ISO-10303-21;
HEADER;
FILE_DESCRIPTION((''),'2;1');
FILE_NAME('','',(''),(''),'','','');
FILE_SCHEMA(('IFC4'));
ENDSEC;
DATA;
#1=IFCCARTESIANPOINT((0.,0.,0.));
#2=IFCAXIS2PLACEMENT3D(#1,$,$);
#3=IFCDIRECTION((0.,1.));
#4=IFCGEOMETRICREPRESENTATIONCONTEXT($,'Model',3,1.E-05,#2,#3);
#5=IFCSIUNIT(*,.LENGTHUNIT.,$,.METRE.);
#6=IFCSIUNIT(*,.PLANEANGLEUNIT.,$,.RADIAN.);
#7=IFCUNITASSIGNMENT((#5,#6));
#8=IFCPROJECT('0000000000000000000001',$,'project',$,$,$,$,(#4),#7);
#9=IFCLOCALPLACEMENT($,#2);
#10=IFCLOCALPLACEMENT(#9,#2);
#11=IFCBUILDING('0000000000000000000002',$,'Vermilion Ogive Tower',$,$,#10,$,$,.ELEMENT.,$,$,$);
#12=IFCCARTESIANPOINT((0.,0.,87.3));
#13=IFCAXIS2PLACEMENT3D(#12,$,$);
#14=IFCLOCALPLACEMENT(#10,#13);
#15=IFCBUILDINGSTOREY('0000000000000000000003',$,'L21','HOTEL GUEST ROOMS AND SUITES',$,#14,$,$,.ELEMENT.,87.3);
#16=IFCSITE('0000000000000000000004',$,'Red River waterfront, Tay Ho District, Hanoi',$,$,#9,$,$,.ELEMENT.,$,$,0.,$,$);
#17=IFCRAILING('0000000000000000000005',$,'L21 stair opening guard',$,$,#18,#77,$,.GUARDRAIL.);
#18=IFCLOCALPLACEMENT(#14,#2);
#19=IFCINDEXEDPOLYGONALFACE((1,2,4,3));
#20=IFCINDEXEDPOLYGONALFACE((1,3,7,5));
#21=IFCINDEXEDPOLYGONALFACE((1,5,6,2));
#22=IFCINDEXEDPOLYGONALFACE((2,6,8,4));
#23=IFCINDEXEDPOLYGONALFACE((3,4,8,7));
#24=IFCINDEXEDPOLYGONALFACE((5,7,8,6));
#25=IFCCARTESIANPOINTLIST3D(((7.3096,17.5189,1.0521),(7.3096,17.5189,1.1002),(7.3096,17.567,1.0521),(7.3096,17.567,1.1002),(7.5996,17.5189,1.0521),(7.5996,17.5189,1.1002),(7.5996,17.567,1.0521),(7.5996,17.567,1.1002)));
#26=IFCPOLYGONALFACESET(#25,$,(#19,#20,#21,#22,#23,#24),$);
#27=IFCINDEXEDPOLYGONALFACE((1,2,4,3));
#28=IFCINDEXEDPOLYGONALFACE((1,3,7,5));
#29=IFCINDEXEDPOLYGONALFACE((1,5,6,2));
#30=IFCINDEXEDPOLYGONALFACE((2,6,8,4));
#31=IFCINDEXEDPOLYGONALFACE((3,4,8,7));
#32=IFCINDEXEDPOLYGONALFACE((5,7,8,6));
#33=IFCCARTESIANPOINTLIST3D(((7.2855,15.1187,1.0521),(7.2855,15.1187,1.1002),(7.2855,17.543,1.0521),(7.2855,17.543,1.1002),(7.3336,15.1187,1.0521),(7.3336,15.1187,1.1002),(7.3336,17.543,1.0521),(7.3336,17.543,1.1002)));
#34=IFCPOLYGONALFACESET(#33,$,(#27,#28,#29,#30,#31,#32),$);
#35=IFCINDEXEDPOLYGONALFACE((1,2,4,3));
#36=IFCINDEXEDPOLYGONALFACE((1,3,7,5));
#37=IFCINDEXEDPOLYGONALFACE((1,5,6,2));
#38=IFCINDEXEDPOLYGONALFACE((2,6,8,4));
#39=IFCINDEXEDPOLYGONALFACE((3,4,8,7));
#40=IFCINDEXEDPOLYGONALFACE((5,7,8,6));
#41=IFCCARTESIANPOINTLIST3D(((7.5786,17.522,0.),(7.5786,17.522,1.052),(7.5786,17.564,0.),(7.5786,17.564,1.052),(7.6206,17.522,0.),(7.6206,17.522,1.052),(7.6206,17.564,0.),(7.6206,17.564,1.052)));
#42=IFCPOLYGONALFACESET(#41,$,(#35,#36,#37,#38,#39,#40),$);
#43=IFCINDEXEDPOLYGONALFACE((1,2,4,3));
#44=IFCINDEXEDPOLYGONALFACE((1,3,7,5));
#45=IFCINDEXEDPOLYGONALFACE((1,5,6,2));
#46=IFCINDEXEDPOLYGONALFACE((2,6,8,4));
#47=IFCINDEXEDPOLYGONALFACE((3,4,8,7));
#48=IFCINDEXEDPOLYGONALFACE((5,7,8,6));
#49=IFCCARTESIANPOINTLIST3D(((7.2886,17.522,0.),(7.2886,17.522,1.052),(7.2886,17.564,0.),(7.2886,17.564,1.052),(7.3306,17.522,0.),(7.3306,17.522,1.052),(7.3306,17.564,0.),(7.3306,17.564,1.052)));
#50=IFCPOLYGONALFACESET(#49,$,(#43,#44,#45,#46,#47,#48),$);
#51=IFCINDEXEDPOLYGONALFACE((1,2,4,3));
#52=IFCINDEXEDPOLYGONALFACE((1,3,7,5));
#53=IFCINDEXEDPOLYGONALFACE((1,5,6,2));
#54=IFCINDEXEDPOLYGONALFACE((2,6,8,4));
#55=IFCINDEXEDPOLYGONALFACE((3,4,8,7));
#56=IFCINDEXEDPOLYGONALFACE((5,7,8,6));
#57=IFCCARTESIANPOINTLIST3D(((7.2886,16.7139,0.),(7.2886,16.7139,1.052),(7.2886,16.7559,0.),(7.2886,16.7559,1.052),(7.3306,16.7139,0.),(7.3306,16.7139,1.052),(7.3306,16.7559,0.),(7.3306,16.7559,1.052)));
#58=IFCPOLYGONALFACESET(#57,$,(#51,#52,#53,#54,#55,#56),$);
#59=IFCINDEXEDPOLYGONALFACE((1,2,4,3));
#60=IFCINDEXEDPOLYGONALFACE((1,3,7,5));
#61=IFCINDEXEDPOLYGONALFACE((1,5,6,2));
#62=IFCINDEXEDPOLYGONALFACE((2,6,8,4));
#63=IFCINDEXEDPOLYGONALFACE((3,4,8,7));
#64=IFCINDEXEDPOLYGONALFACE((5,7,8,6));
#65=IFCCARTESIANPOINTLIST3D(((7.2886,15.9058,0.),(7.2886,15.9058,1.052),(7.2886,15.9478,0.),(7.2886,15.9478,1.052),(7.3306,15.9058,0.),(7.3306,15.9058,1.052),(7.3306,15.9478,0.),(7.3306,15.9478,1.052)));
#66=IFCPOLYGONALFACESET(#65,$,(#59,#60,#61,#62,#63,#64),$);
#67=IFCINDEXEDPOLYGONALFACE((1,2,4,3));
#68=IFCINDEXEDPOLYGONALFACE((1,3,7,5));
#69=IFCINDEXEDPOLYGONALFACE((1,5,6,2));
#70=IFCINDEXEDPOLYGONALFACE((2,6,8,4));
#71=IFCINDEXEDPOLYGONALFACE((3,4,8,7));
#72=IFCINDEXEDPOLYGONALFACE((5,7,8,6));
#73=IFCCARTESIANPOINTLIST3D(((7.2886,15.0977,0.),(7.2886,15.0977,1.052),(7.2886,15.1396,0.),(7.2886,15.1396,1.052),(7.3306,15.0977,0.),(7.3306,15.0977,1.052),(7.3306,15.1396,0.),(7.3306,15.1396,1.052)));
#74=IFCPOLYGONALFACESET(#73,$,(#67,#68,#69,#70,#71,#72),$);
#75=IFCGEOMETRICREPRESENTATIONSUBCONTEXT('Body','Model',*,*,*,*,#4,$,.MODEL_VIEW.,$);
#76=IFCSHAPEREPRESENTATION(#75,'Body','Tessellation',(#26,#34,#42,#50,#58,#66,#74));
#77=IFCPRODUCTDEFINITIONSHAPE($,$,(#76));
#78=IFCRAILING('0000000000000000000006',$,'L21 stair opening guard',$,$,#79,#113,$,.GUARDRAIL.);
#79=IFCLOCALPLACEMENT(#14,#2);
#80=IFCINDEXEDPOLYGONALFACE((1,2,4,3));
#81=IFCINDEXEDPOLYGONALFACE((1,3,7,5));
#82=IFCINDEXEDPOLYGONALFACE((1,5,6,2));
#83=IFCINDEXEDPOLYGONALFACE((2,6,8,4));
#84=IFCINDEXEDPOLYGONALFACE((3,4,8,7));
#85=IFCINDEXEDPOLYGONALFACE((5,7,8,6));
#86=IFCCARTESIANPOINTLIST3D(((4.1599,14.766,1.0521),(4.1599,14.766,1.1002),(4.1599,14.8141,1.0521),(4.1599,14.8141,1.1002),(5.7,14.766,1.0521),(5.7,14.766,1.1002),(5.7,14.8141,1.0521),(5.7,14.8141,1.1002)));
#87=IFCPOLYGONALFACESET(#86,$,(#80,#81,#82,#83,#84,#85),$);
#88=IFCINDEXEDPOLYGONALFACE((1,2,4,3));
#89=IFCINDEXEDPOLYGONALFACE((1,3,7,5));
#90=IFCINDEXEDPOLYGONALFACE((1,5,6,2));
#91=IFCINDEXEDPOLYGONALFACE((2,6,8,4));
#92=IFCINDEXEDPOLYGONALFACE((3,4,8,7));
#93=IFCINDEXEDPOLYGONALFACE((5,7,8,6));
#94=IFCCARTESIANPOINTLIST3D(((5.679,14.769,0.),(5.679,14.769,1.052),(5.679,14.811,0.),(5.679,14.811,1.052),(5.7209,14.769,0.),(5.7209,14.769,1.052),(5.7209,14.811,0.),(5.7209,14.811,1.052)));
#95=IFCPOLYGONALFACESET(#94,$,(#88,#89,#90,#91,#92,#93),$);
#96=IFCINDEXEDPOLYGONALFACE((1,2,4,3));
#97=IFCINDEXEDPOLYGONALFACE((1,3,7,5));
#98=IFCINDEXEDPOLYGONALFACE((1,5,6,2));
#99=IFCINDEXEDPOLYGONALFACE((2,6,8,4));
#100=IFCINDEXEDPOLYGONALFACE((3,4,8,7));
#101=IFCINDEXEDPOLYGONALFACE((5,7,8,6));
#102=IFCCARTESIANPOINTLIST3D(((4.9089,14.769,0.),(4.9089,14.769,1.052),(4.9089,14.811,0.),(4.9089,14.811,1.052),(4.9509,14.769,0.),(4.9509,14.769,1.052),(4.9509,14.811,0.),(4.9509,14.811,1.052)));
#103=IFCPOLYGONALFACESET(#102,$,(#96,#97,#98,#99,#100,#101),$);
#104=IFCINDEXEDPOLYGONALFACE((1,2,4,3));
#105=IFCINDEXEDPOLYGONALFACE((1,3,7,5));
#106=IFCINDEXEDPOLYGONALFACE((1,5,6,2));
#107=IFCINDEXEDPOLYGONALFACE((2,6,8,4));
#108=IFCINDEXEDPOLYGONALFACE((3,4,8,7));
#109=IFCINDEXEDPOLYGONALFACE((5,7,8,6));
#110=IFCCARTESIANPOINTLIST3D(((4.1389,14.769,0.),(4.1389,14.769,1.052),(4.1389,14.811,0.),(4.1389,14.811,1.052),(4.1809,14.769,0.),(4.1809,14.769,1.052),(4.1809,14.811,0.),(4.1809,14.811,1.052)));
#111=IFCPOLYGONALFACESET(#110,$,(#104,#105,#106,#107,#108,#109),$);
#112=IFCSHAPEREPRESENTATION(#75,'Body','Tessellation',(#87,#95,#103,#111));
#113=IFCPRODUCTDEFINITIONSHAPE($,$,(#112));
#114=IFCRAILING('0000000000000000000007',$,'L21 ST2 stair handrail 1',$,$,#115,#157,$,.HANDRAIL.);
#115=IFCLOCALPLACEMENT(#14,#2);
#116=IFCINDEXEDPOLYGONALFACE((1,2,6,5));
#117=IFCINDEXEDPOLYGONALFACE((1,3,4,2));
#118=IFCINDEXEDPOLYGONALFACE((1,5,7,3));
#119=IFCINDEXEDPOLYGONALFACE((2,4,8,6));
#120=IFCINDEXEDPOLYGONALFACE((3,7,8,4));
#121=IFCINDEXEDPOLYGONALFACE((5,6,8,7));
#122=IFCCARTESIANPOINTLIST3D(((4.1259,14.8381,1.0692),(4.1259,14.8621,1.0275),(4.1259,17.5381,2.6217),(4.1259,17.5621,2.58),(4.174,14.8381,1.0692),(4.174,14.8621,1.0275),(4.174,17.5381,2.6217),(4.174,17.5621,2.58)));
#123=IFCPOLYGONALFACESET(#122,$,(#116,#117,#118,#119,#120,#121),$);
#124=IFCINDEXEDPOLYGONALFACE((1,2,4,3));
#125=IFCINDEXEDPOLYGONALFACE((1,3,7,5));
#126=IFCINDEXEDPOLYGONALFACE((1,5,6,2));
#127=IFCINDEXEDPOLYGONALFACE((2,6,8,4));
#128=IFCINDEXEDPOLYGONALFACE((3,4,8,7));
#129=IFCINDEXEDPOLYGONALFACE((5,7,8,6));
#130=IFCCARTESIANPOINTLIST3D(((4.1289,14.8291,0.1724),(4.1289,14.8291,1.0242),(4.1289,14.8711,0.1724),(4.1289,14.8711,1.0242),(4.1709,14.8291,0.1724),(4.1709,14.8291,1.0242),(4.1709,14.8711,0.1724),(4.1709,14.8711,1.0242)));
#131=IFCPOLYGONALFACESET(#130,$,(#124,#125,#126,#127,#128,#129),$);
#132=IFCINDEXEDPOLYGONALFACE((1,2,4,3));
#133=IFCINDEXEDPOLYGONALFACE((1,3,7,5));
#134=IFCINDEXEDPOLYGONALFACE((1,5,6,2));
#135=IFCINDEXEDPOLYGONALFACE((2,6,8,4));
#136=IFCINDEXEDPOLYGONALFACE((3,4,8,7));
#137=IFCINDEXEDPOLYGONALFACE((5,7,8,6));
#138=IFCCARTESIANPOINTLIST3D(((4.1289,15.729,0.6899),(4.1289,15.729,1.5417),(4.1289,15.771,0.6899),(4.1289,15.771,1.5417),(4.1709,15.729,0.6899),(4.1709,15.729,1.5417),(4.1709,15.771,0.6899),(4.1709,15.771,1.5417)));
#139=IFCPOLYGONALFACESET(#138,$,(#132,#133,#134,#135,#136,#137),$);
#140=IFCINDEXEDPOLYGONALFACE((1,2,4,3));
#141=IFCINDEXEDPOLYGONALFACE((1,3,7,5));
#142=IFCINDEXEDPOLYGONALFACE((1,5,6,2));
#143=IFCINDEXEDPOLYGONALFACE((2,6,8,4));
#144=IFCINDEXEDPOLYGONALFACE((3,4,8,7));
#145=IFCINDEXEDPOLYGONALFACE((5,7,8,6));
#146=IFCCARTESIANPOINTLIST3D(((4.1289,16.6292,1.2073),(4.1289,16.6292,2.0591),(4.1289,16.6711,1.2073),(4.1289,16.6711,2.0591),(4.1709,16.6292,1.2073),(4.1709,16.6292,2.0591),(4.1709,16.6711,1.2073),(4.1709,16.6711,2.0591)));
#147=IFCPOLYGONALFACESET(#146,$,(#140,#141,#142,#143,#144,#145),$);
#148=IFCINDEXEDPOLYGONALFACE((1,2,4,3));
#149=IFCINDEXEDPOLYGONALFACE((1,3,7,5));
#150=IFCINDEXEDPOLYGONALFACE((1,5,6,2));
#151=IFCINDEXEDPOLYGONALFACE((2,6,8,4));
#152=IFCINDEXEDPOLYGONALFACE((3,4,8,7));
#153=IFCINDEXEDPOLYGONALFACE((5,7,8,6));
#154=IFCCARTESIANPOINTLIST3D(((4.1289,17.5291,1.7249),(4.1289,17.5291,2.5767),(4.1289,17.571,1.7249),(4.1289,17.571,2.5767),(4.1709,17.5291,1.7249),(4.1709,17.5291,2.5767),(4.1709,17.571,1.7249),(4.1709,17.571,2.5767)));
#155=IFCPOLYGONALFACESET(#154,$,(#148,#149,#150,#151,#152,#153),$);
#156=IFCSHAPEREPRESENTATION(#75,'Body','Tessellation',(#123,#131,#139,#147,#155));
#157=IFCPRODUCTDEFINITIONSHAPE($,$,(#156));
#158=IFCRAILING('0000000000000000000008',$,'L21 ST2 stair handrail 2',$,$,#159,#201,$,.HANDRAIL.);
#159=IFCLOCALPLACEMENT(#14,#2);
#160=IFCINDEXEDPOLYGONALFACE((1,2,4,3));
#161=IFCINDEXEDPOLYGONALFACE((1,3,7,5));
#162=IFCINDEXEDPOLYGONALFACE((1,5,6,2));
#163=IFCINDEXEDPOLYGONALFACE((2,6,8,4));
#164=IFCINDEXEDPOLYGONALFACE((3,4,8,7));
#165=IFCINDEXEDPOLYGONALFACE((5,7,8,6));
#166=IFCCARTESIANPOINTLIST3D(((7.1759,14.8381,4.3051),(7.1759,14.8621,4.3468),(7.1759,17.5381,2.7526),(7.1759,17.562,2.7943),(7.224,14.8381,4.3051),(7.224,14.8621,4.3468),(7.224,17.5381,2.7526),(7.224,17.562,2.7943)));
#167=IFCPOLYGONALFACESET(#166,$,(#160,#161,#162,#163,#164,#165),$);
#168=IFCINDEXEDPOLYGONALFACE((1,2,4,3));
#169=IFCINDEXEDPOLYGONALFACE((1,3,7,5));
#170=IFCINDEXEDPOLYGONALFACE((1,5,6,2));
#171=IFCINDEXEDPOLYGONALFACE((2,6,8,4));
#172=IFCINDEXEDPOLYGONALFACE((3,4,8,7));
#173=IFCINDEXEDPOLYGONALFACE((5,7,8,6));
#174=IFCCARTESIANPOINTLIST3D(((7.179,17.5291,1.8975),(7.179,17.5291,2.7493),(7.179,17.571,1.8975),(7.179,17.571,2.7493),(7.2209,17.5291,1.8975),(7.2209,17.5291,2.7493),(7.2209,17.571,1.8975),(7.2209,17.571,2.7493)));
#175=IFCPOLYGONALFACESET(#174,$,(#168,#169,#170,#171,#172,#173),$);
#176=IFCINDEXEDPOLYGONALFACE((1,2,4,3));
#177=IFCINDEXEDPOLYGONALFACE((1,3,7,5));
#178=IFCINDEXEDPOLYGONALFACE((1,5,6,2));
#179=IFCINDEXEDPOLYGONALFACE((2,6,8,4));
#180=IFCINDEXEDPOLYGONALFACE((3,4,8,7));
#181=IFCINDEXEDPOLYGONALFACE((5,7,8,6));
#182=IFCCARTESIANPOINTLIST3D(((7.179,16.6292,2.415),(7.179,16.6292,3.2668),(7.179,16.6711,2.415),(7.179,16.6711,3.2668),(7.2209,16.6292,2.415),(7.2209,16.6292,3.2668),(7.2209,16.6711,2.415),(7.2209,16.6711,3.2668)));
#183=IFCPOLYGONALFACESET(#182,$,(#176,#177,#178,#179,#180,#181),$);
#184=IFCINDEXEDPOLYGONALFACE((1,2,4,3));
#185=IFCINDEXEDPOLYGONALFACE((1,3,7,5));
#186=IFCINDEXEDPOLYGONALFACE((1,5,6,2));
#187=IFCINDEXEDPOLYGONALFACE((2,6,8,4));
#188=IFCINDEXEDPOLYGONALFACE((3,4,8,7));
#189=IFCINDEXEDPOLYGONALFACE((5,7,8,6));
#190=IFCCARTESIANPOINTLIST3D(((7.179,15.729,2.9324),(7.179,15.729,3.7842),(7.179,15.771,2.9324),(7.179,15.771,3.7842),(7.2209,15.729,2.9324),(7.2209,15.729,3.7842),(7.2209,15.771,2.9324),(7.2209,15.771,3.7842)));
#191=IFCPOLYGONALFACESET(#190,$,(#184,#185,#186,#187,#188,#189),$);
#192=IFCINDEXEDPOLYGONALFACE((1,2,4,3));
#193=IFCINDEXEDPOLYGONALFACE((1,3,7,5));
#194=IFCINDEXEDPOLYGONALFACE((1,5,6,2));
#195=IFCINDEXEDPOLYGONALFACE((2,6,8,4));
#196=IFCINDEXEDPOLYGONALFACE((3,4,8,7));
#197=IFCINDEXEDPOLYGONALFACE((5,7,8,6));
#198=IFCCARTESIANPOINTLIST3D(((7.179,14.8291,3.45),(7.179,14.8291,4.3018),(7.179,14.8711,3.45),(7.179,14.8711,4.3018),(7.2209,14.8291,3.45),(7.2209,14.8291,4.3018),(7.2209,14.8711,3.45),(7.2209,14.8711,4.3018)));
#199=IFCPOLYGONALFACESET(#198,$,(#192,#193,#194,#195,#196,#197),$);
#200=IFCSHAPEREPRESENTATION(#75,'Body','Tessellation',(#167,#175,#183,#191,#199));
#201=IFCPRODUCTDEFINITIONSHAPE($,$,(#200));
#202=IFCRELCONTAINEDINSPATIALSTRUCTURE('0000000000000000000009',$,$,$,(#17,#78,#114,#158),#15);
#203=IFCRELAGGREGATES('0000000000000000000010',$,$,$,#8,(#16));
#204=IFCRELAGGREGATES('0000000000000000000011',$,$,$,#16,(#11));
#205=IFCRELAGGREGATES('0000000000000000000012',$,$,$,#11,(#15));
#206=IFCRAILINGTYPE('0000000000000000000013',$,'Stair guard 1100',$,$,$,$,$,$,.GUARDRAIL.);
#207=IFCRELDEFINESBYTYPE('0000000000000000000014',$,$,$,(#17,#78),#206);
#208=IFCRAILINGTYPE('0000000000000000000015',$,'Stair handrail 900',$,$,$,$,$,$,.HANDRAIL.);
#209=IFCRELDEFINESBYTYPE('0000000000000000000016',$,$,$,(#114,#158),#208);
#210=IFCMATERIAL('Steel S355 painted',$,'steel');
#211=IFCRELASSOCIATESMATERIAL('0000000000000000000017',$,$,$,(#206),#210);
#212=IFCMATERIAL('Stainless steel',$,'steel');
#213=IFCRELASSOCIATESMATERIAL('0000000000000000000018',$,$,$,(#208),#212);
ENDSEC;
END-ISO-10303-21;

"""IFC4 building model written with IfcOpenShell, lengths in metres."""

from ifc_helpers import new_model, si_unit, direction, frame, origin, origin_2d, place, context, subcontext, project, spatial, rectangle, extrude, material, type_object, element, save


model = new_model("IFC4")

# Units and contexts
model_context = context("Model", 3, precision=1e-05, world=origin(), true_north=direction((0.0, 1.0)))
body_context = subcontext(model_context, "Body", "Model", "MODEL_VIEW")
ifc_project = project(units=[si_unit("LENGTHUNIT", "METRE"), si_unit("PLANEANGLEUNIT", "RADIAN")], contexts=[model_context])

# Site, building, storey
site_placement = place(None, origin())
site = spatial("IfcSite", under=ifc_project, at=site_placement, Name="Red River waterfront, Tay Ho District, Hanoi", CompositionType="ELEMENT", RefElevation=0.0)
building_placement = place(site_placement, origin())
building = spatial("IfcBuilding", under=site, at=building_placement, Name="Vermilion Ogive Tower", CompositionType="ELEMENT")
storey_placement = place(building_placement, frame((0.0, 0.0, 87.3)))
storey = spatial("IfcBuildingStorey", under=building, at=storey_placement, Name="L21", Description="HOTEL GUEST ROOMS AND SUITES", CompositionType="ELEMENT", Elevation=87.3)

# Railings
ifc_material_1 = material(Name="Steel S355 painted", Category="steel")
railing_type_1 = type_object("IfcRailingType", Name="Stair guard 1100", PredefinedType="GUARDRAIL", material=ifc_material_1)
railing_1_placement = place(storey_placement, frame((7.5996, 17.543, 0.0)))
element("IfcRailing", 1, at=railing_1_placement, inside=storey, type_object=railing_type_1, Name="L21 stair opening guard", PredefinedType="GUARDRAIL", context=body_context, shape_type="SweptSolid", body=[
    extrude(rectangle(XDim=0.0481, YDim=0.0481, at=origin_2d()), frame((0.0, 0.0, 1.0762), z_axis=(-1.0, 0.0, 0.0), x_axis=(0.0, -1.0, 0.0)), (0.0, 0.0, 1.0), 0.29),
    extrude(rectangle(XDim=0.0481, YDim=0.0481, at=origin_2d()), frame((-0.29, 0.0, 1.0762), z_axis=(0.0, -1.0, 0.0), x_axis=(1.0, 0.0, 0.0)), (0.0, 0.0, 1.0), 2.4243),
    extrude(rectangle(XDim=0.042, YDim=0.042, at=origin_2d()), origin(), (0.0, 0.0, 1.0), 1.052),
    extrude(rectangle(XDim=0.042, YDim=0.042, at=origin_2d()), frame((-0.29, 0.0, 0.0)), (0.0, 0.0, 1.0), 1.052),
    extrude(rectangle(XDim=0.042, YDim=0.042, at=origin_2d()), frame((-0.29, -0.8081, 0.0)), (0.0, 0.0, 1.0), 1.052),
    extrude(rectangle(XDim=0.042, YDim=0.042, at=origin_2d()), frame((-0.29, -1.6162, 0.0)), (0.0, 0.0, 1.0), 1.052),
    extrude(rectangle(XDim=0.042, YDim=0.042, at=origin_2d()), frame((-0.29, -2.4243, 0.0)), (0.0, 0.0, 1.0), 1.052),
])
railing_2_placement = place(storey_placement, frame((5.7, 14.79, 0.0)))
element("IfcRailing", 2, at=railing_2_placement, inside=storey, type_object=railing_type_1, Name="L21 stair opening guard", PredefinedType="GUARDRAIL", context=body_context, shape_type="SweptSolid", body=[
    extrude(rectangle(XDim=0.0481, YDim=0.0481, at=origin_2d()), frame((0.0, 0.0, 1.0762), z_axis=(-1.0, 0.0, 0.0), x_axis=(0.0, -1.0, 0.0)), (0.0, 0.0, 1.0), 1.54),
    extrude(rectangle(XDim=0.042, YDim=0.042, at=origin_2d()), origin(), (0.0, 0.0, 1.0), 1.052),
    extrude(rectangle(XDim=0.042, YDim=0.042, at=origin_2d()), frame((-0.77, 0.0, 0.0)), (0.0, 0.0, 1.0), 1.052),
    extrude(rectangle(XDim=0.042, YDim=0.042, at=origin_2d()), frame((-1.54, 0.0, 0.0)), (0.0, 0.0, 1.0), 1.052),
])
ifc_material_2 = material(Name="Stainless steel", Category="steel")
railing_type_2 = type_object("IfcRailingType", Name="Stair handrail 900", PredefinedType="HANDRAIL", material=ifc_material_2)
railing_3_placement = place(storey_placement, frame((4.1499, 14.8501, 0.1724)))
element("IfcRailing", 3, at=railing_3_placement, inside=storey, type_object=railing_type_2, Name="L21 ST2 stair handrail 1", PredefinedType="HANDRAIL", context=body_context, shape_type="SweptSolid", body=[
    extrude(rectangle(XDim=0.0481, YDim=0.0481, at=origin_2d()), frame((0.0, 0.0, 0.876), z_axis=(0.0, 0.866904, 0.498476), x_axis=(-1.0, 0.0, 0.0)), (0.0, 0.0, 1.0), 3.1145),
    extrude(rectangle(XDim=0.042, YDim=0.042, at=origin_2d()), origin(), (0.0, 0.0, 1.0), 0.8518),
    extrude(rectangle(XDim=0.042, YDim=0.042, at=origin_2d()), frame((0.0, 0.8999, 0.5176)), (0.0, 0.0, 1.0), 0.8518),
    extrude(rectangle(XDim=0.042, YDim=0.042, at=origin_2d()), frame((0.0, 1.8, 1.0349)), (0.0, 0.0, 1.0), 0.8518),
    extrude(rectangle(XDim=0.042, YDim=0.042, at=origin_2d()), frame((0.0, 2.7, 1.5525)), (0.0, 0.0, 1.0), 0.8518),
])
railing_4_placement = place(storey_placement, frame((7.2, 17.55, 1.8975)))
element("IfcRailing", 4, at=railing_4_placement, inside=storey, type_object=railing_type_2, Name="L21 ST2 stair handrail 2", PredefinedType="HANDRAIL", context=body_context, shape_type="SweptSolid", body=[
    extrude(rectangle(XDim=0.0481, YDim=0.0481, at=origin_2d()), frame((0.0, 0.0, 0.876), z_axis=(0.0, -0.866904, 0.498476), x_axis=(1.0, 0.0, 0.0)), (0.0, 0.0, 1.0), 3.1145),
    extrude(rectangle(XDim=0.042, YDim=0.042, at=origin_2d()), origin(), (0.0, 0.0, 1.0), 0.8518),
    extrude(rectangle(XDim=0.042, YDim=0.042, at=origin_2d()), frame((0.0, -0.8999, 0.5176)), (0.0, 0.0, 1.0), 0.8518),
    extrude(rectangle(XDim=0.042, YDim=0.042, at=origin_2d()), frame((0.0, -1.8, 1.0349)), (0.0, 0.0, 1.0), 0.8518),
    extrude(rectangle(XDim=0.042, YDim=0.042, at=origin_2d()), frame((0.0, -2.7, 1.5525)), (0.0, 0.0, 1.0), 0.8518),
])

save(model, "model.ifc")
